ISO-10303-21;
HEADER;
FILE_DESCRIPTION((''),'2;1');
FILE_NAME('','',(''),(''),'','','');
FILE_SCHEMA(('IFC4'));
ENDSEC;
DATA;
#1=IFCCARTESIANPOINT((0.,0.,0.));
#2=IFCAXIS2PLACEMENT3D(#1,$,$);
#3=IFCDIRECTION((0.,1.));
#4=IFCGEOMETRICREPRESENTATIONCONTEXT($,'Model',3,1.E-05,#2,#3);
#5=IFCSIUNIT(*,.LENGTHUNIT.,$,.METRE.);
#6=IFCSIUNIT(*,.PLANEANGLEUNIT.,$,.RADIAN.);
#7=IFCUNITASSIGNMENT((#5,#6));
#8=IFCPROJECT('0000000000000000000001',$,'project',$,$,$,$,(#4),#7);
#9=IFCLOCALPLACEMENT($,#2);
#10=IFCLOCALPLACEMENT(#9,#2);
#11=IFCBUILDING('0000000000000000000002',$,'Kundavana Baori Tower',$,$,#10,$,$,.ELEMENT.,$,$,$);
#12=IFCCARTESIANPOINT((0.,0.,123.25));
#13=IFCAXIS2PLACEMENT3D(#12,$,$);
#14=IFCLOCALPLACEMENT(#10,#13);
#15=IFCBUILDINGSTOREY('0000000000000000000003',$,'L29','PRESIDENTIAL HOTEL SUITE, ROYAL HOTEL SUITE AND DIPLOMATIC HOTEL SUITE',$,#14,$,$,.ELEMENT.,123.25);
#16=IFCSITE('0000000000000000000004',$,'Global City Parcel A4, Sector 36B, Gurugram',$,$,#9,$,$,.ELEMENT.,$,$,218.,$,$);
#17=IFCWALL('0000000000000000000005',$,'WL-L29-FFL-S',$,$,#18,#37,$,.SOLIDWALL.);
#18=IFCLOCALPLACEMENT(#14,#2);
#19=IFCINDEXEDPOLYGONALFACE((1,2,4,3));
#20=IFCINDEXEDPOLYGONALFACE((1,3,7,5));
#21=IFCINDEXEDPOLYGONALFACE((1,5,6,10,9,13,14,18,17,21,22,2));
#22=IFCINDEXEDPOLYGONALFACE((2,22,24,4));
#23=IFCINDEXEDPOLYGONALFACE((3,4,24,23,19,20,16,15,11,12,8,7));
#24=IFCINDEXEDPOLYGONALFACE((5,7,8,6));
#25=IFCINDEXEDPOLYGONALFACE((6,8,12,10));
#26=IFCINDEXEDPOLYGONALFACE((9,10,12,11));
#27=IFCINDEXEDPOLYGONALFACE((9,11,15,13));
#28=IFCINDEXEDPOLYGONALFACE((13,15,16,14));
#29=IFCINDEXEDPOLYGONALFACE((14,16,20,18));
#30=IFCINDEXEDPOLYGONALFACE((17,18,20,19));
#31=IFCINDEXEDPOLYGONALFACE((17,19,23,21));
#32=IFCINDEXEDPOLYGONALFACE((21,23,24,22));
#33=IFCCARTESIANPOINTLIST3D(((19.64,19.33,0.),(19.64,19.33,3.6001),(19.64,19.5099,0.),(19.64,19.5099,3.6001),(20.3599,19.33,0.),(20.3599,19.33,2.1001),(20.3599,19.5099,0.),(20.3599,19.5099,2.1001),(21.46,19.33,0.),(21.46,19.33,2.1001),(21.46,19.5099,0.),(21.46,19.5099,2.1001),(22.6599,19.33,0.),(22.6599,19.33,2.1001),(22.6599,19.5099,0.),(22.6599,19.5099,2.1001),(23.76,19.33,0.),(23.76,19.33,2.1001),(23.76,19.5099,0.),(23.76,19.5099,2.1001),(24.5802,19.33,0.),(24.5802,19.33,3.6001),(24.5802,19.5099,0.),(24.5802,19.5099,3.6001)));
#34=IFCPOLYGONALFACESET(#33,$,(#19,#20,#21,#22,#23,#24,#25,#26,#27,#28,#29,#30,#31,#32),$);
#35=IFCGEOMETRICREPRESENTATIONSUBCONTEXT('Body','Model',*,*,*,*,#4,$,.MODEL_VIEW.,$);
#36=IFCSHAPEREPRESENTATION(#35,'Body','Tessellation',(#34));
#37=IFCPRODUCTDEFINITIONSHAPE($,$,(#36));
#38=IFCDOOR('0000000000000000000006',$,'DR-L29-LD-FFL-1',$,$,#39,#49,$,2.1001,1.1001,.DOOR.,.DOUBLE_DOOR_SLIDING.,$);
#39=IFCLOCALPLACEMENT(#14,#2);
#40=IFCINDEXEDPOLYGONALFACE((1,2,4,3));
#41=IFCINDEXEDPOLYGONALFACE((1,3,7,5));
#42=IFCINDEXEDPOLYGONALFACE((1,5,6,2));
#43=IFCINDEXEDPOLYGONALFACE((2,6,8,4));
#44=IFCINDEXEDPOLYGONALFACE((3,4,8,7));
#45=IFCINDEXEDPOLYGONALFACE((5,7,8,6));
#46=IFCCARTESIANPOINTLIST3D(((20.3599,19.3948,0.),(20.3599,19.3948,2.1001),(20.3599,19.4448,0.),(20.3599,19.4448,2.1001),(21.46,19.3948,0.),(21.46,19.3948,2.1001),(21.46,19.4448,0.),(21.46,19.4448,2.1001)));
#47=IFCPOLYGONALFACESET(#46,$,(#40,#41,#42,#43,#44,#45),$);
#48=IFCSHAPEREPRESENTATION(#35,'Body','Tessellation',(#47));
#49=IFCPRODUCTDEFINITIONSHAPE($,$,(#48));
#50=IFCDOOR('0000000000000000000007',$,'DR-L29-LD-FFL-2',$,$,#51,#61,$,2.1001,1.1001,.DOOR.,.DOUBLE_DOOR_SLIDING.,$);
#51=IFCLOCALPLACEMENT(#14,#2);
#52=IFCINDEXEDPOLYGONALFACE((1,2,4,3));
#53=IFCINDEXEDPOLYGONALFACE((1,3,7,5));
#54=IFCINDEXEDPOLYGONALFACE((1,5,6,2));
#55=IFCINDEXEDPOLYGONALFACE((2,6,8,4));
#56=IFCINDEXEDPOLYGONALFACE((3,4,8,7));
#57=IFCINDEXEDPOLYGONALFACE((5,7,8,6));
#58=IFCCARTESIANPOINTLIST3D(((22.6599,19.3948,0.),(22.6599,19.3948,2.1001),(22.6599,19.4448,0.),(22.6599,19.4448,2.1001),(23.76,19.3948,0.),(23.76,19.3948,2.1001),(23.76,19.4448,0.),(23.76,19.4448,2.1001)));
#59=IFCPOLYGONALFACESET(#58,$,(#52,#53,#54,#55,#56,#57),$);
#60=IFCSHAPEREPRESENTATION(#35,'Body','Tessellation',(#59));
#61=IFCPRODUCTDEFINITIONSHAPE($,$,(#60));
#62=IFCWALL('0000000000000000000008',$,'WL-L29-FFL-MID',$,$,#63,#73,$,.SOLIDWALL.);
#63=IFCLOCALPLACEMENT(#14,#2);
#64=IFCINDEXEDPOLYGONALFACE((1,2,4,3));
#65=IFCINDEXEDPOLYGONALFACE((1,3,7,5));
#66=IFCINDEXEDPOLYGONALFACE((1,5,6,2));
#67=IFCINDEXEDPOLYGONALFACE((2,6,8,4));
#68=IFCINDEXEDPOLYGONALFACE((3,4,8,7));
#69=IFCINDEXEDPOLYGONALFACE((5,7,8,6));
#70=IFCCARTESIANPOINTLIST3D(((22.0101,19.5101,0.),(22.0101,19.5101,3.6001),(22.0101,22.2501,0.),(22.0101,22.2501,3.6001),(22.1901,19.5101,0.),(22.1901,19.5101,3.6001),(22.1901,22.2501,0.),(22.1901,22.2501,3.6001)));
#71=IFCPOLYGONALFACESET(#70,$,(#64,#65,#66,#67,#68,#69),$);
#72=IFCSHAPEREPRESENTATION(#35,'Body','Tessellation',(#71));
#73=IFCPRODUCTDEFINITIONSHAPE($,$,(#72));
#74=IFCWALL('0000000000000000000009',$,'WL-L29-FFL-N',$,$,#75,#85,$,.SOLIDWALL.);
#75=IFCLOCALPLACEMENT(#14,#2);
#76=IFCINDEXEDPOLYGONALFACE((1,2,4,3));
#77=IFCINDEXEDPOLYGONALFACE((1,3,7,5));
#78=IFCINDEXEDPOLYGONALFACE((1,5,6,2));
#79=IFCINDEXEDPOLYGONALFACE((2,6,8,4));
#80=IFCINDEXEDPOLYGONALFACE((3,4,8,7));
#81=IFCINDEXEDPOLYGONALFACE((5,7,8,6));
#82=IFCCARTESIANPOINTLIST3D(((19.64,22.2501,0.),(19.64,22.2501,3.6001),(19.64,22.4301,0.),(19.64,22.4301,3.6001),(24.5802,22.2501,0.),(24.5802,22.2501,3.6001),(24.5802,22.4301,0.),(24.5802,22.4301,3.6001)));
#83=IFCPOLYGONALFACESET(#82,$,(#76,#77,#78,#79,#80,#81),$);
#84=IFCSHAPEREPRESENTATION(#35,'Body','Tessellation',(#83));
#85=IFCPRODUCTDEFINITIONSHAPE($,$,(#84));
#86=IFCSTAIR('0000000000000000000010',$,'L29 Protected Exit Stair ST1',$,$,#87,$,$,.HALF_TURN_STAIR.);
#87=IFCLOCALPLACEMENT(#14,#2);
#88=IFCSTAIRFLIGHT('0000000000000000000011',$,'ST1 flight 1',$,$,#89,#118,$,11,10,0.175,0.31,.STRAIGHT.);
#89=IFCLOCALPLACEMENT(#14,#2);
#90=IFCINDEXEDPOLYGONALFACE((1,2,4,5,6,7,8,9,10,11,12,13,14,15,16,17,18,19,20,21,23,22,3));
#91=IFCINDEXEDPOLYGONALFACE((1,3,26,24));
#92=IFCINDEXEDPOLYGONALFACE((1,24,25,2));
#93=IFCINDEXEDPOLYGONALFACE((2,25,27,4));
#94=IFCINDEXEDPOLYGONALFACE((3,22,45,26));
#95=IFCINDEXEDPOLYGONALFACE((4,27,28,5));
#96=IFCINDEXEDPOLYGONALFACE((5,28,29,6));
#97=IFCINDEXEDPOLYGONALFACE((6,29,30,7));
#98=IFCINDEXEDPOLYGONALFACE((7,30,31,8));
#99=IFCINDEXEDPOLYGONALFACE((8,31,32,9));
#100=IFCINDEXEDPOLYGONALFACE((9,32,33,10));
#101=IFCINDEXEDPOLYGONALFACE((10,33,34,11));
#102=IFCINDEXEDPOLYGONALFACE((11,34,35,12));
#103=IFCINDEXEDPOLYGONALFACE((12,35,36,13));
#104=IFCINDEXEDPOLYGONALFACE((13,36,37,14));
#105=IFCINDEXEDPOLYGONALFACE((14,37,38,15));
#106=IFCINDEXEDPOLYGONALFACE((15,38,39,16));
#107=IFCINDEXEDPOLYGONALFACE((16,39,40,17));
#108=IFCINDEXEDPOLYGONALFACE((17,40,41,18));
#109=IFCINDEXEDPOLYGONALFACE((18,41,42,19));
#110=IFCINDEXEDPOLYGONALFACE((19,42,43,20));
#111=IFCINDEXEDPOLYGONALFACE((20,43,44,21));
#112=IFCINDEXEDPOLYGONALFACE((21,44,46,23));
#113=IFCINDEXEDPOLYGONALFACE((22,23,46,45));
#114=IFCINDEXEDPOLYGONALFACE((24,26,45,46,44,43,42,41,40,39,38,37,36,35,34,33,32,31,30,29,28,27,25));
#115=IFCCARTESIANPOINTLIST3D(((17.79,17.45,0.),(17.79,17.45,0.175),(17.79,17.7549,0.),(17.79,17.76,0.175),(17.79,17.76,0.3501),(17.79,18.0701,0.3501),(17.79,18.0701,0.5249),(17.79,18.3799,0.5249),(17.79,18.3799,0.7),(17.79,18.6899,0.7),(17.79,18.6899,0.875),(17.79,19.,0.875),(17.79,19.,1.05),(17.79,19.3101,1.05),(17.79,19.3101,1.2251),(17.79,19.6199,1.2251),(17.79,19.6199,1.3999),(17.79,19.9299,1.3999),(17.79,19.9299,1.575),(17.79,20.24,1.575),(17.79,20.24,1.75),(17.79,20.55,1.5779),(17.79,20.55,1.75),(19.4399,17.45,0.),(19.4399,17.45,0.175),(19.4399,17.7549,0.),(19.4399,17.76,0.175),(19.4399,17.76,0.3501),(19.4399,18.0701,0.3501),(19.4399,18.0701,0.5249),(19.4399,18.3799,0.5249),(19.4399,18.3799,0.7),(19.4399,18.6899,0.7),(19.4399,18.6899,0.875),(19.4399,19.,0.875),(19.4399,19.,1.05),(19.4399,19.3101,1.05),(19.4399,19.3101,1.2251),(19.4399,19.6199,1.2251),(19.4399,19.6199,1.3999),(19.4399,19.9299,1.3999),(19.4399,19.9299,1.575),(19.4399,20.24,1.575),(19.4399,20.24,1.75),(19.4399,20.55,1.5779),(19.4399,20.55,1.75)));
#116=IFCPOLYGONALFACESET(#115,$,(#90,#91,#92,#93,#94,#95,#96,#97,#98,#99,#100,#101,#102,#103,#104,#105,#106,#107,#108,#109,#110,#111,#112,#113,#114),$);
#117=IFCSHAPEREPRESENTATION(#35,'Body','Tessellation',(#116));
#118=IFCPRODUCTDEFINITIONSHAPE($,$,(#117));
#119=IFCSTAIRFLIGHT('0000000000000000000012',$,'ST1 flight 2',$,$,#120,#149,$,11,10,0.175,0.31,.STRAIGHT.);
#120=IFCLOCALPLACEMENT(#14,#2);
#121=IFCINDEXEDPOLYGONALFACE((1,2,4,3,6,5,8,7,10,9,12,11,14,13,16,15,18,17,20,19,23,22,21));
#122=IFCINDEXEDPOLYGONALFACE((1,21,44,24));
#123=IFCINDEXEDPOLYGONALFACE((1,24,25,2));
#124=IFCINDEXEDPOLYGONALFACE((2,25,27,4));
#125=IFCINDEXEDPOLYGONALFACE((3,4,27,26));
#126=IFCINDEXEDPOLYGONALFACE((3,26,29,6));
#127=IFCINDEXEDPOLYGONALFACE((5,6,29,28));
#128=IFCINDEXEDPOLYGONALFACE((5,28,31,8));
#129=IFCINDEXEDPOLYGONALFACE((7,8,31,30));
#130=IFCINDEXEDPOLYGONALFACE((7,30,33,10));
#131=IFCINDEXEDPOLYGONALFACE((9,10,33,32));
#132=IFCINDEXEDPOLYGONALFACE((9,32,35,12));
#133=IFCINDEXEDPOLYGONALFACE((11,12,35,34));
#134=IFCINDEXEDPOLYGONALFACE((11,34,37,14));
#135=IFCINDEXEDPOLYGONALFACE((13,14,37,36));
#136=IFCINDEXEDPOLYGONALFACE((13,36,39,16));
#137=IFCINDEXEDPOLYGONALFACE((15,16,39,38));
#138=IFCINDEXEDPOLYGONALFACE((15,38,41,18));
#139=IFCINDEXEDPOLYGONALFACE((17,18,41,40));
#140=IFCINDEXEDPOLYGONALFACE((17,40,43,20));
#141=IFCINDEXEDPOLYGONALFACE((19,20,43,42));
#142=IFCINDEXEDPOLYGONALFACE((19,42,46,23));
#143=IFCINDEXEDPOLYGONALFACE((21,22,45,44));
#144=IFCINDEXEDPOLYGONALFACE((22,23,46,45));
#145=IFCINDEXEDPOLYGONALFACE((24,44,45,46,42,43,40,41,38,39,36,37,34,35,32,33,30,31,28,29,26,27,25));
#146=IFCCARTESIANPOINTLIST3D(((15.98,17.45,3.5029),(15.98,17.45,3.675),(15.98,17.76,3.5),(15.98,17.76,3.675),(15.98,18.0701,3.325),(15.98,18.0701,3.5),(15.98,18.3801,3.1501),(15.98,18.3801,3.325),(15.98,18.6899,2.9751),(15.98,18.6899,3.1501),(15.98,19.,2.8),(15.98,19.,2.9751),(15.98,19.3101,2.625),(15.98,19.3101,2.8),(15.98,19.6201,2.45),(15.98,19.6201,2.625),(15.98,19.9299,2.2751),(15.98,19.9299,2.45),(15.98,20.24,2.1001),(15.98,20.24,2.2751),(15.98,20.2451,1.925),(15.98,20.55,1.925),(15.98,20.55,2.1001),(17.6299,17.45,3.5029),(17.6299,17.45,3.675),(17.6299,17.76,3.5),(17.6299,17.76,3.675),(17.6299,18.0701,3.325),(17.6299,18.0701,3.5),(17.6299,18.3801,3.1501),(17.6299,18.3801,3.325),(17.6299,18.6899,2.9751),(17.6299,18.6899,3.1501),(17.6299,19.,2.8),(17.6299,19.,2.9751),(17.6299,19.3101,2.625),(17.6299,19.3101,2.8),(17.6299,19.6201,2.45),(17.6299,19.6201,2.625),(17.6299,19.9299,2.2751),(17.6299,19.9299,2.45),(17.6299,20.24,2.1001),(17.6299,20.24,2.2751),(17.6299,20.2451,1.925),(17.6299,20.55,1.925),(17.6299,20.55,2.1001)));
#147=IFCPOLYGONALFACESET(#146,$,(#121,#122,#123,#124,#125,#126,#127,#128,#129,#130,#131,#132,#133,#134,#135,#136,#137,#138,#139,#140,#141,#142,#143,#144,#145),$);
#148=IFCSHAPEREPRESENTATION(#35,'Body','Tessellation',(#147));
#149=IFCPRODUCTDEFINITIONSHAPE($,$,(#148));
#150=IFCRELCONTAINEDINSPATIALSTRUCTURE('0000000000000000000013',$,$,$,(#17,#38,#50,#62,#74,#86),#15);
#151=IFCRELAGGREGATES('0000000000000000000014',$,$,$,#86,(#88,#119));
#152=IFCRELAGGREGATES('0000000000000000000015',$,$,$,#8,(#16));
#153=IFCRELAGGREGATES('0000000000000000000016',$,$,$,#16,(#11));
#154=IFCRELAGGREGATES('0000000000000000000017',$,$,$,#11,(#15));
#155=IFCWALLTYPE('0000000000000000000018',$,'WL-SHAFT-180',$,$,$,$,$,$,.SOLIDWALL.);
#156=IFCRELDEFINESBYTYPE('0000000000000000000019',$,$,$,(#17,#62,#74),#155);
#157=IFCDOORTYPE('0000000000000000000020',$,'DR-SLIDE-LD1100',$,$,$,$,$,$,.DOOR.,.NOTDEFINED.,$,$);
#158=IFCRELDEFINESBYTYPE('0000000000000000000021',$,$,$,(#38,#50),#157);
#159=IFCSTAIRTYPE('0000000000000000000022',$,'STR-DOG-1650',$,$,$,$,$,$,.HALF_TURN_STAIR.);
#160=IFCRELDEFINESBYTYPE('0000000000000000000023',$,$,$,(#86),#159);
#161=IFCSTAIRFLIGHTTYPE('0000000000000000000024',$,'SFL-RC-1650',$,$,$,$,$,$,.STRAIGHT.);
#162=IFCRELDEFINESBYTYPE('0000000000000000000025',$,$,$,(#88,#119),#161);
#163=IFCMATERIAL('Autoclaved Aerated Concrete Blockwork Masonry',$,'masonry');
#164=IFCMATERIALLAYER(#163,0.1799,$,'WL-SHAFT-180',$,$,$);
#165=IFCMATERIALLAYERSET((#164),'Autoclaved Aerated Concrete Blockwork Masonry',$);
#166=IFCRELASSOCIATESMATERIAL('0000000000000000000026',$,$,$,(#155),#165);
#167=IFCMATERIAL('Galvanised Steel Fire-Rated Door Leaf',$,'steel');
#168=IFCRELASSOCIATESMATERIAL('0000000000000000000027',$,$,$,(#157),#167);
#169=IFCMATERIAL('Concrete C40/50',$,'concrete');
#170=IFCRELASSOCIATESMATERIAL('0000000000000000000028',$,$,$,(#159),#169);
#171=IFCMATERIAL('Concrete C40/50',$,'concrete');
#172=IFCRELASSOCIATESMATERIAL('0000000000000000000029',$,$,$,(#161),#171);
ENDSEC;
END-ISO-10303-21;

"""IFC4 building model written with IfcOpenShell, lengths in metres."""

from ifc_helpers import new_model, si_unit, direction, frame, frame_2d, origin, place, context, subcontext, project, spatial, polyline, rectangle, outline, extrude, material, layer, layer_set, type_object, element, fill, aggregate, save


model = new_model("IFC4")

# Units and contexts
model_context = context("Model", 3, precision=1e-05, world=origin(), true_north=direction((0.0, 1.0)))
body_context = subcontext(model_context, "Body", "Model", "MODEL_VIEW")
ifc_project = project(units=[si_unit("LENGTHUNIT", "METRE"), si_unit("PLANEANGLEUNIT", "RADIAN")], contexts=[model_context])

# Site, building, storey
site_placement = place(None, origin())
site = spatial("IfcSite", under=ifc_project, at=site_placement, Name="Global City Parcel A4, Sector 36B, Gurugram", CompositionType="ELEMENT", RefElevation=218.0)
building_placement = place(site_placement, origin())
building = spatial("IfcBuilding", under=site, at=building_placement, Name="Kundavana Baori Tower", CompositionType="ELEMENT")
storey_placement = place(building_placement, frame((0.0, 0.0, 123.25)))
storey = spatial("IfcBuildingStorey", under=building, at=storey_placement, Name="L29", Description="PRESIDENTIAL HOTEL SUITE, ROYAL HOTEL SUITE AND DIPLOMATIC HOTEL SUITE", CompositionType="ELEMENT", Elevation=123.25)

# Wall, openings, doors
ifc_material_1 = material(Name="Autoclaved Aerated Concrete Blockwork Masonry", Category="masonry")
ifc_layer_1 = layer(ifc_material_1, 0.1799, Name="WL-SHAFT-180")
ifc_layer_set_1 = layer_set([ifc_layer_1], Name="Autoclaved Aerated Concrete Blockwork Masonry")
wall_type_1 = type_object("IfcWallType", Name="WL-SHAFT-180", PredefinedType="SOLIDWALL", material=ifc_layer_set_1)
wall_1_placement = place(storey_placement, frame((19.6399, 19.4199, 0.0), z_axis=(0.0, 0.0, 1.0), x_axis=(1.0, 0.0, 0.0)))
wall_1 = element("IfcWall", 1, at=wall_1_placement, inside=storey, type_object=wall_type_1, Name="WL-L29-FFL-S", PredefinedType="SOLIDWALL", context=body_context, shape_type="SweptSolid", body=[
    extrude(rectangle(XDim=4.9402, YDim=0.1799, at=frame_2d((2.4702, 0.0))), origin(), (0.0, 0.0, 1.0), 3.6001),
])
opening_1_placement = place(wall_1_placement, frame((0.72, 0.0, 0.0)))
opening_1 = element("IfcOpeningElement", 2, at=opening_1_placement, cuts=wall_1, PredefinedType="OPENING", context=body_context, shape_type="SweptSolid", body=[
    extrude(rectangle(XDim=1.1001, YDim=2.1001, at=frame_2d((0.55, 1.05))), frame((0.0, 0.1001, 0.0), z_axis=(0.0, -1.0, 0.0), x_axis=(1.0, 0.0, 0.0)), (0.0, 0.0, 1.0), 0.2),
])
opening_2_placement = place(wall_1_placement, frame((3.02, 0.0, 0.0)))
opening_2 = element("IfcOpeningElement", 3, at=opening_2_placement, cuts=wall_1, PredefinedType="OPENING", context=body_context, shape_type="SweptSolid", body=[
    extrude(rectangle(XDim=1.1001, YDim=2.1001, at=frame_2d((0.55, 1.05))), frame((0.0, 0.1001, 0.0), z_axis=(0.0, -1.0, 0.0), x_axis=(1.0, 0.0, 0.0)), (0.0, 0.0, 1.0), 0.2),
])
ifc_material_2 = material(Name="Galvanised Steel Fire-Rated Door Leaf", Category="steel")
door_type_1 = type_object("IfcDoorType", Name="DR-SLIDE-LD1100", OperationType="NOTDEFINED", PredefinedType="DOOR", material=ifc_material_2)
door_1_placement = place(opening_1_placement, origin())
door_1 = element("IfcDoor", 4, at=door_1_placement, inside=storey, type_object=door_type_1, Name="DR-L29-LD-FFL-1", OperationType="DOUBLE_DOOR_SLIDING", OverallHeight=2.1001, OverallWidth=1.1001, PredefinedType="DOOR", context=body_context, shape_type="SweptSolid", body=[
    extrude(rectangle(XDim=1.1001, YDim=2.1001, at=frame_2d((0.55, 1.05))), frame((0.0, 0.0249, 0.0), z_axis=(0.0, -1.0, 0.0), x_axis=(1.0, 0.0, 0.0)), (0.0, 0.0, 1.0), 0.05),
])
fill(opening_1, door_1)
door_2_placement = place(opening_2_placement, origin())
door_2 = element("IfcDoor", 5, at=door_2_placement, inside=storey, type_object=door_type_1, Name="DR-L29-LD-FFL-2", OperationType="DOUBLE_DOOR_SLIDING", OverallHeight=2.1001, OverallWidth=1.1001, PredefinedType="DOOR", context=body_context, shape_type="SweptSolid", body=[
    extrude(rectangle(XDim=1.1001, YDim=2.1001, at=frame_2d((0.55, 1.05))), frame((0.0, 0.0249, 0.0), z_axis=(0.0, -1.0, 0.0), x_axis=(1.0, 0.0, 0.0)), (0.0, 0.0, 1.0), 0.05),
])
fill(opening_2, door_2)

# Walls
wall_2_placement = place(storey_placement, frame((22.1001, 19.51, 0.0), z_axis=(0.0, 0.0, 1.0), x_axis=(0.0, 1.0, 0.0)))
element("IfcWall", 6, at=wall_2_placement, inside=storey, type_object=wall_type_1, Name="WL-L29-FFL-MID", PredefinedType="SOLIDWALL", context=body_context, shape_type="SweptSolid", body=[
    extrude(rectangle(XDim=2.74, YDim=0.1799, at=frame_2d((1.3701, 0.0))), origin(), (0.0, 0.0, 1.0), 3.6001),
])
wall_3_placement = place(storey_placement, frame((19.6399, 22.3401, 0.0), z_axis=(0.0, 0.0, 1.0), x_axis=(1.0, 0.0, 0.0)))
element("IfcWall", 7, at=wall_3_placement, inside=storey, type_object=wall_type_1, Name="WL-L29-FFL-N", PredefinedType="SOLIDWALL", context=body_context, shape_type="SweptSolid", body=[
    extrude(rectangle(XDim=4.9402, YDim=0.1799, at=frame_2d((2.4702, 0.0))), origin(), (0.0, 0.0, 1.0), 3.6001),
])

# Stair, stair flights
ifc_material_3 = material(Name="Concrete C40/50", Category="concrete")
stair_type = type_object("IfcStairType", Name="STR-DOG-1650", PredefinedType="HALF_TURN_STAIR", material=ifc_material_3)
stair_placement = place(storey_placement, origin())
stair = element("IfcStair", 8, at=stair_placement, inside=storey, type_object=stair_type, Name="L29 Protected Exit Stair ST1", PredefinedType="HALF_TURN_STAIR")
ifc_material_4 = material(Name="Concrete C40/50", Category="concrete")
stair_flight_type = type_object("IfcStairFlightType", Name="SFL-RC-1650", PredefinedType="STRAIGHT", material=ifc_material_4)
stair_flight_1_placement = place(storey_placement, frame((18.615, 17.45, 0.0), z_axis=(0.0, 0.0, 1.0), x_axis=(0.0, 1.0, 0.0)))
stair_flight_1 = element("IfcStairFlight", 9, at=stair_flight_1_placement, type_object=stair_flight_type, Name="ST1 flight 1", NumberOfRisers=11, NumberOfTreads=10, PredefinedType="STRAIGHT", RiserHeight=0.175, TreadLength=0.31, context=body_context, shape_type="SweptSolid", body=[
    extrude(outline(polyline([(0.0, 0.0), (0.0, 0.175), (0.3101, 0.175), (0.3101, 0.3501), (0.6201, 0.3501), (0.6201, 0.5249), (0.9299, 0.5249), (0.9299, 0.7), (1.24, 0.7), (1.24, 0.875), (1.55, 0.875), (1.55, 1.05), (1.8601, 1.05), (1.8601, 1.2251), (2.1699, 1.2251), (2.1699, 1.3999), (2.48, 1.3999), (2.48, 1.575), (2.79, 1.575), (2.79, 1.75), (3.1001, 1.75), (3.1001, 1.925), (3.1001, 1.5779), (0.3049, 0.0), (0.0, 0.0)])), frame((0.0, 0.825, 0.0), z_axis=(0.0, -1.0, 0.0), x_axis=(1.0, 0.0, 0.0)), (0.0, 0.0, 1.0), 1.6499),
])
stair_flight_2_placement = place(storey_placement, frame((16.8049, 20.55, 1.925), z_axis=(0.0, 0.0, 1.0), x_axis=(0.0, -1.0, 0.0)))
stair_flight_2 = element("IfcStairFlight", 10, at=stair_flight_2_placement, type_object=stair_flight_type, Name="ST1 flight 2", NumberOfRisers=11, NumberOfTreads=10, PredefinedType="STRAIGHT", RiserHeight=0.175, TreadLength=0.31, context=body_context, shape_type="SweptSolid", body=[
    extrude(outline(polyline([(0.0, 0.0), (0.0, 0.175), (0.3101, 0.175), (0.3101, 0.3501), (0.6201, 0.3501), (0.6201, 0.5249), (0.9299, 0.5249), (0.9299, 0.7), (1.24, 0.7), (1.24, 0.875), (1.55, 0.875), (1.55, 1.05), (1.8601, 1.05), (1.8601, 1.2251), (2.1699, 1.2251), (2.1699, 1.3999), (2.48, 1.3999), (2.48, 1.575), (2.79, 1.575), (2.79, 1.75), (3.1001, 1.75), (3.1001, 1.925), (3.1001, 1.5779), (0.3049, 0.0), (0.0, 0.0)])), frame((0.0, 0.825, 0.0), z_axis=(0.0, -1.0, 0.0), x_axis=(1.0, 0.0, 0.0)), (0.0, 0.0, 1.0), 1.6499),
])
aggregate(stair, [stair_flight_1, stair_flight_2])

save(model, "model.ifc")
